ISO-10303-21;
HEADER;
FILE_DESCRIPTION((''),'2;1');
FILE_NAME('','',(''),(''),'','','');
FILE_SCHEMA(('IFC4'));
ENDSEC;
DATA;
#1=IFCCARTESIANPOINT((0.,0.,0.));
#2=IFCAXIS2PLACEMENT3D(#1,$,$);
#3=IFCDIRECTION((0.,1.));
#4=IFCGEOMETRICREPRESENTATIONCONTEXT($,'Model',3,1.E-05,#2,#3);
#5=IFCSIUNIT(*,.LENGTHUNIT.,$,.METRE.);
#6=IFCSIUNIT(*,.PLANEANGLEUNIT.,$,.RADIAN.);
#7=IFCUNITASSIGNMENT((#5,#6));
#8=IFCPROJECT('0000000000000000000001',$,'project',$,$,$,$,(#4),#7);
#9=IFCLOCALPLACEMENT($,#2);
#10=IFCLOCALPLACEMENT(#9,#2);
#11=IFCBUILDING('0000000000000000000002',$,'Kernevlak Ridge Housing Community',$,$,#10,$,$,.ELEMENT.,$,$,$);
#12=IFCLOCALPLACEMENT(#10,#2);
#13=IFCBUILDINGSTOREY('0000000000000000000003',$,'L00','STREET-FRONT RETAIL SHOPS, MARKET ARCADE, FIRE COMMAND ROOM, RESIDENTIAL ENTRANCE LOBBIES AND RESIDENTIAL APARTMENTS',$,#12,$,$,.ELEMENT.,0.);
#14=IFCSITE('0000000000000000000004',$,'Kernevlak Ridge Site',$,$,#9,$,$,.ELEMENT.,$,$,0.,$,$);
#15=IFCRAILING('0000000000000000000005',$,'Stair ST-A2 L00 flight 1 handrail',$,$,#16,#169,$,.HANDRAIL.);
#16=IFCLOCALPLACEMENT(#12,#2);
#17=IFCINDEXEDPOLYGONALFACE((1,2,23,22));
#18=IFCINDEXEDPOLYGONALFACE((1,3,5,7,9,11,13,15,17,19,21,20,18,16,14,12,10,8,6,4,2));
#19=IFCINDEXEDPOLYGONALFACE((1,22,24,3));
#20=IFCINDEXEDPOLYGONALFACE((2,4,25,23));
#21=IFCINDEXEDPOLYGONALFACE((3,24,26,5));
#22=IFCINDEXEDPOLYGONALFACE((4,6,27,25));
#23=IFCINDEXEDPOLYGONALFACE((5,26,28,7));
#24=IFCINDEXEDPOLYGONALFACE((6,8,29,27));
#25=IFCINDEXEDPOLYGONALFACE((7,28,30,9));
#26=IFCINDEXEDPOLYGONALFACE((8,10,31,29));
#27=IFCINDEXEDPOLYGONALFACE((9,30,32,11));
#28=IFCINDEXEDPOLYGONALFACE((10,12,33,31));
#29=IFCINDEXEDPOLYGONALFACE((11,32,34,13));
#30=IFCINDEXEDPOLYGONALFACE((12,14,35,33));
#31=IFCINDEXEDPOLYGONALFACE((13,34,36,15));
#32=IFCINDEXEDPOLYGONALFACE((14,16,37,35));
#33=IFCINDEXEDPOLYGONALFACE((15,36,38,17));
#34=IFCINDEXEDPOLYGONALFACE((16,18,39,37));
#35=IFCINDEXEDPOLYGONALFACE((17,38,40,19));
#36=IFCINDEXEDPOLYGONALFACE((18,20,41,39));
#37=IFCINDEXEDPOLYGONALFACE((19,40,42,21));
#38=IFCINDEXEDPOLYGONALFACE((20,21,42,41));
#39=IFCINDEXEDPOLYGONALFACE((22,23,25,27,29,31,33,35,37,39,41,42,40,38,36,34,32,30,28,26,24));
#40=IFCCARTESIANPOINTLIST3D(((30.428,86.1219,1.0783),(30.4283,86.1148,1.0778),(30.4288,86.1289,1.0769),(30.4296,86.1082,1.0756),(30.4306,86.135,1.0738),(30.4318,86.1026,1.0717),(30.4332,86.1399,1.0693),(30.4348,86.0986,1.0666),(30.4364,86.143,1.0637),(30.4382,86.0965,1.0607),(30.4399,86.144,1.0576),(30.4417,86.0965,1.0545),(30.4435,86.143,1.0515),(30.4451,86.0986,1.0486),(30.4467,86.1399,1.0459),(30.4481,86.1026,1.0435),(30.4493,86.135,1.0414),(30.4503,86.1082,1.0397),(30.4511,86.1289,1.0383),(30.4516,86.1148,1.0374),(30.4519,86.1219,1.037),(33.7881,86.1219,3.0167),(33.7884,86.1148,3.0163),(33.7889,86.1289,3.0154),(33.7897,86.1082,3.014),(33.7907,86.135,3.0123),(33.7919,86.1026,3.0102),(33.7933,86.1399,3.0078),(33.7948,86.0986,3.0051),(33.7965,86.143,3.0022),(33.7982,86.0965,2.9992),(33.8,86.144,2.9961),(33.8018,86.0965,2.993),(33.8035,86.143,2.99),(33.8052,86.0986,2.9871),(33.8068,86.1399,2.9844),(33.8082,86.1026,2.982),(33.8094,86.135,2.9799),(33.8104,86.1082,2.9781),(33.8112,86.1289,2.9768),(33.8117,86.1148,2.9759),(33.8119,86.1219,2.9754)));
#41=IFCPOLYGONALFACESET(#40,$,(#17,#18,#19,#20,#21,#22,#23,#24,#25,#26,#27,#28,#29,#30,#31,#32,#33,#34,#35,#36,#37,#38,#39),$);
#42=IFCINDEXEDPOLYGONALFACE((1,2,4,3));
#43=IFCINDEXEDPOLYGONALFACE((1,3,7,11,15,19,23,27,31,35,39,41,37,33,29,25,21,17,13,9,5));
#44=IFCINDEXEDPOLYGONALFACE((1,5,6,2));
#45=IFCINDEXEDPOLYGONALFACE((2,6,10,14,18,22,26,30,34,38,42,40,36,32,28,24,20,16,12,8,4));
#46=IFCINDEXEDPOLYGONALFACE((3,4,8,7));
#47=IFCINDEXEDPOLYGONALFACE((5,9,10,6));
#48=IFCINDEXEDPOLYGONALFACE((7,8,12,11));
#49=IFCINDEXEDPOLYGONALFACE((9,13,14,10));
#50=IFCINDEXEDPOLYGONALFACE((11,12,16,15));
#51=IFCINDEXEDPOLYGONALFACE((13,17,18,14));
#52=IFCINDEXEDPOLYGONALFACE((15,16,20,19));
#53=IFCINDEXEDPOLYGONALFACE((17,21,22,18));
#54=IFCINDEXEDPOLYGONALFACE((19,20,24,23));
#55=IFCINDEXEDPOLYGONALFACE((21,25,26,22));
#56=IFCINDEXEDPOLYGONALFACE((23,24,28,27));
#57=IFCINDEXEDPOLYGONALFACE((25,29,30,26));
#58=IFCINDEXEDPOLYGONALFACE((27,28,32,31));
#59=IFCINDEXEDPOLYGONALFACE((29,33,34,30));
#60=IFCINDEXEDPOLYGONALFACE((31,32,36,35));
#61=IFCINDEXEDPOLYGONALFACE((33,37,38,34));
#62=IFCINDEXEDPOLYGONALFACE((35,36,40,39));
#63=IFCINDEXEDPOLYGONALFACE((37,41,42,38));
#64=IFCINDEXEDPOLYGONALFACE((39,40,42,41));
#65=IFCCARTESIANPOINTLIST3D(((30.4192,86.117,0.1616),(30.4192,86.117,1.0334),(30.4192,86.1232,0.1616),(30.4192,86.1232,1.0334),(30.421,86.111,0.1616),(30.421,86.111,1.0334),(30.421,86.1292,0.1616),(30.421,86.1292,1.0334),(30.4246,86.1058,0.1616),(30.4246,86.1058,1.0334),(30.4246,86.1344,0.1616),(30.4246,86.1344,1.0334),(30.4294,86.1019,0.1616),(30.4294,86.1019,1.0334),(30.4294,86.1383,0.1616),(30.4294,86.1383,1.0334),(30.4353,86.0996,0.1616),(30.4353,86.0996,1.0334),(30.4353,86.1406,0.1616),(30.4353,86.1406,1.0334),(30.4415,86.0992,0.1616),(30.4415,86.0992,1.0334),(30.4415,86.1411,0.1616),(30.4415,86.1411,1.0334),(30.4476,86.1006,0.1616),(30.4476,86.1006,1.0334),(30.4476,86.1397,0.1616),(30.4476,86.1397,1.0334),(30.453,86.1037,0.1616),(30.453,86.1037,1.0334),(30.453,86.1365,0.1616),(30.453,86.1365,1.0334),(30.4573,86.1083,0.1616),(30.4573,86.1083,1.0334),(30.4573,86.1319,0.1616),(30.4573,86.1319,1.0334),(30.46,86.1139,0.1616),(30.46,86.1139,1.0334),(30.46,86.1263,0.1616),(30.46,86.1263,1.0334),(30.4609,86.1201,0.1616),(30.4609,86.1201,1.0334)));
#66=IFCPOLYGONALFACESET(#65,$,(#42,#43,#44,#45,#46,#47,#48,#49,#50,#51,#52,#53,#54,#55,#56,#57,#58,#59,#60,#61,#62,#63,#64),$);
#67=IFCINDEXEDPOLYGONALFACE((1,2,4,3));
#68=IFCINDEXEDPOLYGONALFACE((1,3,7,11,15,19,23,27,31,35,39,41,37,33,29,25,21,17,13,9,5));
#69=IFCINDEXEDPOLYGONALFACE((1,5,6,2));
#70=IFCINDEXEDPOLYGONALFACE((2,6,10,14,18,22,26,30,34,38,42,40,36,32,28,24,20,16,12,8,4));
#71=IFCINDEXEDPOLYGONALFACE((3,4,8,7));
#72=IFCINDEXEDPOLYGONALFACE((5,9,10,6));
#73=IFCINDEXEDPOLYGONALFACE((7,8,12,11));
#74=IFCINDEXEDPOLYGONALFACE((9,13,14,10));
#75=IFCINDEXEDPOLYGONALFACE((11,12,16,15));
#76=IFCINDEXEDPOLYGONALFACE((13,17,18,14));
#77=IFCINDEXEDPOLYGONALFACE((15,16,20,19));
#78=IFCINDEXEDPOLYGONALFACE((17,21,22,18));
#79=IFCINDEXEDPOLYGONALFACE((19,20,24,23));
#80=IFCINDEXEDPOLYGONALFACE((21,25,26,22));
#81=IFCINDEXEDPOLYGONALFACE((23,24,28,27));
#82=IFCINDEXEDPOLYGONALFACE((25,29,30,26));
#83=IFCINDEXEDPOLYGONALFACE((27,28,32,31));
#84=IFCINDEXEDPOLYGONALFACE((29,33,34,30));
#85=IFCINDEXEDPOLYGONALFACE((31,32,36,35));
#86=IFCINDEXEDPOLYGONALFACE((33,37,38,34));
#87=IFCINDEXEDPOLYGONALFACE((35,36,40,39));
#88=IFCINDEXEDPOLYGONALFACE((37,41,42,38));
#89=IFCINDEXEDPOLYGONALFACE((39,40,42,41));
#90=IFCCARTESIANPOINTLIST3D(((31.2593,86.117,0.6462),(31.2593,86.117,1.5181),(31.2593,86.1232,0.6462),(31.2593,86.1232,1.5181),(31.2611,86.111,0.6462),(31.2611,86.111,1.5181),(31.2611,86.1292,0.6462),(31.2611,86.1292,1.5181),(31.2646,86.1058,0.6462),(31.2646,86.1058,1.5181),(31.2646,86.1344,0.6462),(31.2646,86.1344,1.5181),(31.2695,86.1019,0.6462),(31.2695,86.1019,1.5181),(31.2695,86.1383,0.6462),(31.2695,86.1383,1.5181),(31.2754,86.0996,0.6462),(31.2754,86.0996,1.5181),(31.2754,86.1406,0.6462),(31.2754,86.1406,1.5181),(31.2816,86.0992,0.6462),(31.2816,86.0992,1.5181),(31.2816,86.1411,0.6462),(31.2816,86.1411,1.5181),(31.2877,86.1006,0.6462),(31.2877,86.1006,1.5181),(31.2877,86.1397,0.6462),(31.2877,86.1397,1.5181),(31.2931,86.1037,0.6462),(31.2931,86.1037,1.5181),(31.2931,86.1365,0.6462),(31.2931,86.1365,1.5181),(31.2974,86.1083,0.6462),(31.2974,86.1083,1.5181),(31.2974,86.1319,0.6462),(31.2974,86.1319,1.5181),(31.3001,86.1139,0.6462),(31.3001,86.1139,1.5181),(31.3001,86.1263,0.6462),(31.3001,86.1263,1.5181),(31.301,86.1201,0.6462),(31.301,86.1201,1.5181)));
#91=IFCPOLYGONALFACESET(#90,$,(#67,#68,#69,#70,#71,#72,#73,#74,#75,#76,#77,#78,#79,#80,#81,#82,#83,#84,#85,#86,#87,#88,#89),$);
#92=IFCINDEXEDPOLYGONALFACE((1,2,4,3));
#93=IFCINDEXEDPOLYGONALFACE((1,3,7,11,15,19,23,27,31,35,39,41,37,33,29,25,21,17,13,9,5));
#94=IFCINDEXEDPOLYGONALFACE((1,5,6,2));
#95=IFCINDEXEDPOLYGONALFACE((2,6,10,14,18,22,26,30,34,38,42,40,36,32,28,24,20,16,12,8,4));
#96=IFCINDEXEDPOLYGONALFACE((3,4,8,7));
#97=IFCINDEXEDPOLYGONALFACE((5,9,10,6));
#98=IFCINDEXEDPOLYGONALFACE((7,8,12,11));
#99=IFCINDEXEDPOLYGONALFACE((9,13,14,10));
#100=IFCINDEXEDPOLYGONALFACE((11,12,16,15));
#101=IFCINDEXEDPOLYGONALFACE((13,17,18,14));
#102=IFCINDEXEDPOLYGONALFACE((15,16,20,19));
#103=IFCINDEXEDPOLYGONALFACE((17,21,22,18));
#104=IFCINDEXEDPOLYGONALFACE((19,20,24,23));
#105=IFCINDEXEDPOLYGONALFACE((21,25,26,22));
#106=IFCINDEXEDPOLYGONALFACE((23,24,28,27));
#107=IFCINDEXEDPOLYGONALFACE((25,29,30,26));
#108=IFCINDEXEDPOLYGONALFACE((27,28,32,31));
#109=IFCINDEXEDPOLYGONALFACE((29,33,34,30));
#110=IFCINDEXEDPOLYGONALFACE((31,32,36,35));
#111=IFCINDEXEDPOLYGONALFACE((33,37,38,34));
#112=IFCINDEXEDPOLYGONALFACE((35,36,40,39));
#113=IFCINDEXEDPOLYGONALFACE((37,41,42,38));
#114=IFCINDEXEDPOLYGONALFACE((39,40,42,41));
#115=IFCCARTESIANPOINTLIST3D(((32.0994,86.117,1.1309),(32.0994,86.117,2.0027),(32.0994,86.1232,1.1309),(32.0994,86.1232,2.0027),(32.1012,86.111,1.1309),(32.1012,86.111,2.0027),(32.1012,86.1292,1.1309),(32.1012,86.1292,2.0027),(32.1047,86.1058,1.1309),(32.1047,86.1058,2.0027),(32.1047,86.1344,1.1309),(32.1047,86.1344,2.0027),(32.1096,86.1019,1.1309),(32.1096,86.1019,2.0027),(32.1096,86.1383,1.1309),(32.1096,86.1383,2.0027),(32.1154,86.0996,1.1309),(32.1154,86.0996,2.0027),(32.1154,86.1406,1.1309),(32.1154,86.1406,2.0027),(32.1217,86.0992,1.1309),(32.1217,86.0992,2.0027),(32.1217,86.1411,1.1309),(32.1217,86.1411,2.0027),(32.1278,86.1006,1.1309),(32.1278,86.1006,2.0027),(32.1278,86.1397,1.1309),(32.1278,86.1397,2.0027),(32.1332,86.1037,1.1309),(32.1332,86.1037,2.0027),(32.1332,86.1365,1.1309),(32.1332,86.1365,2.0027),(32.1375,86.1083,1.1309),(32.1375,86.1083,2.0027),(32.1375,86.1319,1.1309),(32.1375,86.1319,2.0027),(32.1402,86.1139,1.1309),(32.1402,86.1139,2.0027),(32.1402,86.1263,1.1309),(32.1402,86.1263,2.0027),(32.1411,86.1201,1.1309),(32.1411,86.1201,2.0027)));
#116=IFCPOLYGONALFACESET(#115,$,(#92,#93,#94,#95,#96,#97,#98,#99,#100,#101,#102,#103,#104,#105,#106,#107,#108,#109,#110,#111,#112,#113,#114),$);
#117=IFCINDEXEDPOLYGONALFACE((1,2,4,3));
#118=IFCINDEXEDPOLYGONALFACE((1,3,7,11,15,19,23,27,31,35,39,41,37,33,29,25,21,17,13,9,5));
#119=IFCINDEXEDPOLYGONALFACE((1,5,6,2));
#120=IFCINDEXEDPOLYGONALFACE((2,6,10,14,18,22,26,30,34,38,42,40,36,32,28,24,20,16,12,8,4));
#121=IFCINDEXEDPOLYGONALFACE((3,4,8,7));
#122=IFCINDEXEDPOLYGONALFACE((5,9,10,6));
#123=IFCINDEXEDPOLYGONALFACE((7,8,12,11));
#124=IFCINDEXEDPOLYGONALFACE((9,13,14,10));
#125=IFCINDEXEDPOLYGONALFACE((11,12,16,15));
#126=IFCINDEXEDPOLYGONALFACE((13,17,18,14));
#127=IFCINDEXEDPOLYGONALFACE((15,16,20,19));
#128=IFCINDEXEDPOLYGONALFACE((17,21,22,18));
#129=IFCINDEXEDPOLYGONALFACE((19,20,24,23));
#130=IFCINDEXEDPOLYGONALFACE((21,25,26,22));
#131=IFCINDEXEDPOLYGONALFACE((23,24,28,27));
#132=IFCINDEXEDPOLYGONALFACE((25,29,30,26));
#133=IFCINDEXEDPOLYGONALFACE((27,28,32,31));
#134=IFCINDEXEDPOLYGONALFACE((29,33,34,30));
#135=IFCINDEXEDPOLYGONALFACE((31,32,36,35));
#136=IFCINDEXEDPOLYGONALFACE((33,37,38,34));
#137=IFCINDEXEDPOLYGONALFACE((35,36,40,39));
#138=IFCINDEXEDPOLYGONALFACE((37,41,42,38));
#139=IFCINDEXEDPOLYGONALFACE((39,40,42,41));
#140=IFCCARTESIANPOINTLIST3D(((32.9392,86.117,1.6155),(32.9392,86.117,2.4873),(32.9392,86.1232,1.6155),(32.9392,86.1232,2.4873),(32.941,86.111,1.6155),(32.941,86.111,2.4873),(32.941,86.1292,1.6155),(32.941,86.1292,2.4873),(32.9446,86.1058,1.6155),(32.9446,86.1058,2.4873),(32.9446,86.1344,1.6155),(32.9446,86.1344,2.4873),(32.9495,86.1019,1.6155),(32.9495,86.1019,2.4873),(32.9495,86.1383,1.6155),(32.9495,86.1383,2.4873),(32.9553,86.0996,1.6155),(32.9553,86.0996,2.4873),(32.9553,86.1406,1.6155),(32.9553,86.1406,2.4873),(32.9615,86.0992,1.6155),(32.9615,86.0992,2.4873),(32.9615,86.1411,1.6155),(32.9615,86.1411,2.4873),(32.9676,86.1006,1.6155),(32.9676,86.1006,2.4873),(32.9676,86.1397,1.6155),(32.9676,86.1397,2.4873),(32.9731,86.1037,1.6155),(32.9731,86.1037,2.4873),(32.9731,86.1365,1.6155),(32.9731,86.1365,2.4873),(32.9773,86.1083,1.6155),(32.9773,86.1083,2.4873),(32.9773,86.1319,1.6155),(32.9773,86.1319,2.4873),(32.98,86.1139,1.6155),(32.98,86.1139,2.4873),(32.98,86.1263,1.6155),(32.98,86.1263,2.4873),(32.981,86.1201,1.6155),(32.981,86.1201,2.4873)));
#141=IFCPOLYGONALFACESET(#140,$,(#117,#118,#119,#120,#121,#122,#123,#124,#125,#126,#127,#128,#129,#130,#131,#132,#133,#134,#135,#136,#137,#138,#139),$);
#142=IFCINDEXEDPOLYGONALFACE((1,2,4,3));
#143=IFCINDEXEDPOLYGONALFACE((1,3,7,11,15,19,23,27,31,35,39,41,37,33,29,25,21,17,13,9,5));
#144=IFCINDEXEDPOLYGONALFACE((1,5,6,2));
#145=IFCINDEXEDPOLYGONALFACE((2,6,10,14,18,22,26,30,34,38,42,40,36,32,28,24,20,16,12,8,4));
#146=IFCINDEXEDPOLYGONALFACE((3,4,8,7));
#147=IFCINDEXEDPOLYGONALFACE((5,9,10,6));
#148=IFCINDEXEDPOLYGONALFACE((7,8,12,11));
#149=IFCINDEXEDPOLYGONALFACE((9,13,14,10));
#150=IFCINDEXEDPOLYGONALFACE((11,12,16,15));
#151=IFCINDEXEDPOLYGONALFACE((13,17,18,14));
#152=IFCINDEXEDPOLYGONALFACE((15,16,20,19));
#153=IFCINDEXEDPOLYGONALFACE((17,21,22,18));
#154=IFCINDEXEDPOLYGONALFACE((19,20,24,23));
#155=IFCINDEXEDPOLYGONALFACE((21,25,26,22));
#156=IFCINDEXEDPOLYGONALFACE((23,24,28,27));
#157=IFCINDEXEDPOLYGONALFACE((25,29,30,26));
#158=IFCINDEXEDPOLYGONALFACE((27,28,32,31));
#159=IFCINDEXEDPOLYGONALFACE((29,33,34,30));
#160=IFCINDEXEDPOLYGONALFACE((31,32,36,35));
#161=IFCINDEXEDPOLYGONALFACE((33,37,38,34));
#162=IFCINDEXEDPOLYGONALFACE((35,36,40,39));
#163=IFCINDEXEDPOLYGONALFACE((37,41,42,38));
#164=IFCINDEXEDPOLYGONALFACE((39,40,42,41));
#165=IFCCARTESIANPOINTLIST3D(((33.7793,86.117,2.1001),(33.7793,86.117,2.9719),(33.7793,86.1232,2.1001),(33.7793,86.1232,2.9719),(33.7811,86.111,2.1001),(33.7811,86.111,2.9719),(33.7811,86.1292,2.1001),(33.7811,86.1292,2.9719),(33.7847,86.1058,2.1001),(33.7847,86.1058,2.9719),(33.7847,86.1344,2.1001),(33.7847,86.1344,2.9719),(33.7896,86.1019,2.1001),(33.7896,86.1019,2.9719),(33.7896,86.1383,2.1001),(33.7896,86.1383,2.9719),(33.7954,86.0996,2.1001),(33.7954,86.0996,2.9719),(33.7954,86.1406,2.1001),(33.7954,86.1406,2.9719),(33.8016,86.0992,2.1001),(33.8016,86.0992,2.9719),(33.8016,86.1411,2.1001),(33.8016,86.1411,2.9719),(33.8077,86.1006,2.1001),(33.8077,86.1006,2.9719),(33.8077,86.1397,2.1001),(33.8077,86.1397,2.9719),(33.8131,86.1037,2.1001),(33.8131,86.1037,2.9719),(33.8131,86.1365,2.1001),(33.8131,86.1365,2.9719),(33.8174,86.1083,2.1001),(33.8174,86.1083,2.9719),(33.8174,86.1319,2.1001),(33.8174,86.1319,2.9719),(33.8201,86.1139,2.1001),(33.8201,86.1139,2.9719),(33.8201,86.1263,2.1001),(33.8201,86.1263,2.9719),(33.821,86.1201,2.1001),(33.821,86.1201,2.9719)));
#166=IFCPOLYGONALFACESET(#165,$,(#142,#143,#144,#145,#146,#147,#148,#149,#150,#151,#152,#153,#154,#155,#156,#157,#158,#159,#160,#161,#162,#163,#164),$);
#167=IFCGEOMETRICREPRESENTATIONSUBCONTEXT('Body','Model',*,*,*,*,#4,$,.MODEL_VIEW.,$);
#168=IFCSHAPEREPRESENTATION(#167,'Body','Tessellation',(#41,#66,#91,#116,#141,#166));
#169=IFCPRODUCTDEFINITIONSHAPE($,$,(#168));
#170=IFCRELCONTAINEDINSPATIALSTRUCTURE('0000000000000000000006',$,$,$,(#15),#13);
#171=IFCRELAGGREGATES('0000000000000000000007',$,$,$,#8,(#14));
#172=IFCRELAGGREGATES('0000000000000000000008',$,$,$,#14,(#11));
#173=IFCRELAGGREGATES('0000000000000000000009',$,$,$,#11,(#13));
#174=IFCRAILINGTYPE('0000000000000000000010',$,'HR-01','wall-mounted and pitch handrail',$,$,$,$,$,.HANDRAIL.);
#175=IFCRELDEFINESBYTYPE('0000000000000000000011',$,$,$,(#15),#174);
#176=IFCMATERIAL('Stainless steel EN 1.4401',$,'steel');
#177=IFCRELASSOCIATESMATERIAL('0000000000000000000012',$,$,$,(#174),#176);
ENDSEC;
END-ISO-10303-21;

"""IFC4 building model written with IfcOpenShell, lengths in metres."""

from ifc_helpers import new_model, si_unit, direction, frame, origin, origin_2d, place, context, subcontext, project, spatial, circle, extrude, material, type_object, element, save


model = new_model("IFC4")

# Units and contexts
model_context = context("Model", 3, precision=1e-05, world=origin(), true_north=direction((0.0, 1.0)))
body_context = subcontext(model_context, "Body", "Model", "MODEL_VIEW")
ifc_project = project(units=[si_unit("LENGTHUNIT", "METRE"), si_unit("PLANEANGLEUNIT", "RADIAN")], contexts=[model_context])

# Site, building, storey
site_placement = place(None, origin())
site = spatial("IfcSite", under=ifc_project, at=site_placement, Name="Kernevlak Ridge Site", CompositionType="ELEMENT", RefElevation=0.0)
building_placement = place(site_placement, origin())
building = spatial("IfcBuilding", under=site, at=building_placement, Name="Kernevlak Ridge Housing Community", CompositionType="ELEMENT")
storey_placement = place(building_placement, origin())
storey = spatial("IfcBuildingStorey", under=building, at=storey_placement, Name="L00", Description="STREET-FRONT RETAIL SHOPS, MARKET ARCADE, FIRE COMMAND ROOM, RESIDENTIAL ENTRANCE LOBBIES AND RESIDENTIAL APARTMENTS", CompositionType="ELEMENT", Elevation=0.0)

# Railing
ifc_material_1 = material(Name="Stainless steel EN 1.4401", Category="steel")
railing_type_1 = type_object("IfcRailingType", Name="HR-01", Description="wall-mounted and pitch handrail", PredefinedType="HANDRAIL", material=ifc_material_1)
railing_1_placement = place(storey_placement, frame((30.4399, 86.1201, 0.1616)))
element("IfcRailing", 1, at=railing_1_placement, inside=storey, type_object=railing_type_1, Name="Stair ST-A2 L00 flight 1 handrail", PredefinedType="HANDRAIL", context=body_context, shape_type="SweptSolid", body=[
    extrude(circle(Radius=0.0239, at=origin_2d()), frame((0.0, 0.0, 0.896), z_axis=(0.866191, 0.0, 0.499713), x_axis=(0.0, 1.0, 0.0)), (0.0, 0.0, 1.0), 3.8792),
    extrude(circle(Radius=0.021, at=origin_2d()), origin(), (0.0, 0.0, 1.0), 0.8718),
    extrude(circle(Radius=0.021, at=origin_2d()), frame((0.8401, 0.0, 0.4846)), (0.0, 0.0, 1.0), 0.8718),
    extrude(circle(Radius=0.021, at=origin_2d()), frame((1.6802, 0.0, 0.9692)), (0.0, 0.0, 1.0), 0.8718),
    extrude(circle(Radius=0.021, at=origin_2d()), frame((2.52, 0.0, 1.4539)), (0.0, 0.0, 1.0), 0.8718),
    extrude(circle(Radius=0.021, at=origin_2d()), frame((3.3601, 0.0, 1.9385)), (0.0, 0.0, 1.0), 0.8718),
])

save(model, "model.ifc")
